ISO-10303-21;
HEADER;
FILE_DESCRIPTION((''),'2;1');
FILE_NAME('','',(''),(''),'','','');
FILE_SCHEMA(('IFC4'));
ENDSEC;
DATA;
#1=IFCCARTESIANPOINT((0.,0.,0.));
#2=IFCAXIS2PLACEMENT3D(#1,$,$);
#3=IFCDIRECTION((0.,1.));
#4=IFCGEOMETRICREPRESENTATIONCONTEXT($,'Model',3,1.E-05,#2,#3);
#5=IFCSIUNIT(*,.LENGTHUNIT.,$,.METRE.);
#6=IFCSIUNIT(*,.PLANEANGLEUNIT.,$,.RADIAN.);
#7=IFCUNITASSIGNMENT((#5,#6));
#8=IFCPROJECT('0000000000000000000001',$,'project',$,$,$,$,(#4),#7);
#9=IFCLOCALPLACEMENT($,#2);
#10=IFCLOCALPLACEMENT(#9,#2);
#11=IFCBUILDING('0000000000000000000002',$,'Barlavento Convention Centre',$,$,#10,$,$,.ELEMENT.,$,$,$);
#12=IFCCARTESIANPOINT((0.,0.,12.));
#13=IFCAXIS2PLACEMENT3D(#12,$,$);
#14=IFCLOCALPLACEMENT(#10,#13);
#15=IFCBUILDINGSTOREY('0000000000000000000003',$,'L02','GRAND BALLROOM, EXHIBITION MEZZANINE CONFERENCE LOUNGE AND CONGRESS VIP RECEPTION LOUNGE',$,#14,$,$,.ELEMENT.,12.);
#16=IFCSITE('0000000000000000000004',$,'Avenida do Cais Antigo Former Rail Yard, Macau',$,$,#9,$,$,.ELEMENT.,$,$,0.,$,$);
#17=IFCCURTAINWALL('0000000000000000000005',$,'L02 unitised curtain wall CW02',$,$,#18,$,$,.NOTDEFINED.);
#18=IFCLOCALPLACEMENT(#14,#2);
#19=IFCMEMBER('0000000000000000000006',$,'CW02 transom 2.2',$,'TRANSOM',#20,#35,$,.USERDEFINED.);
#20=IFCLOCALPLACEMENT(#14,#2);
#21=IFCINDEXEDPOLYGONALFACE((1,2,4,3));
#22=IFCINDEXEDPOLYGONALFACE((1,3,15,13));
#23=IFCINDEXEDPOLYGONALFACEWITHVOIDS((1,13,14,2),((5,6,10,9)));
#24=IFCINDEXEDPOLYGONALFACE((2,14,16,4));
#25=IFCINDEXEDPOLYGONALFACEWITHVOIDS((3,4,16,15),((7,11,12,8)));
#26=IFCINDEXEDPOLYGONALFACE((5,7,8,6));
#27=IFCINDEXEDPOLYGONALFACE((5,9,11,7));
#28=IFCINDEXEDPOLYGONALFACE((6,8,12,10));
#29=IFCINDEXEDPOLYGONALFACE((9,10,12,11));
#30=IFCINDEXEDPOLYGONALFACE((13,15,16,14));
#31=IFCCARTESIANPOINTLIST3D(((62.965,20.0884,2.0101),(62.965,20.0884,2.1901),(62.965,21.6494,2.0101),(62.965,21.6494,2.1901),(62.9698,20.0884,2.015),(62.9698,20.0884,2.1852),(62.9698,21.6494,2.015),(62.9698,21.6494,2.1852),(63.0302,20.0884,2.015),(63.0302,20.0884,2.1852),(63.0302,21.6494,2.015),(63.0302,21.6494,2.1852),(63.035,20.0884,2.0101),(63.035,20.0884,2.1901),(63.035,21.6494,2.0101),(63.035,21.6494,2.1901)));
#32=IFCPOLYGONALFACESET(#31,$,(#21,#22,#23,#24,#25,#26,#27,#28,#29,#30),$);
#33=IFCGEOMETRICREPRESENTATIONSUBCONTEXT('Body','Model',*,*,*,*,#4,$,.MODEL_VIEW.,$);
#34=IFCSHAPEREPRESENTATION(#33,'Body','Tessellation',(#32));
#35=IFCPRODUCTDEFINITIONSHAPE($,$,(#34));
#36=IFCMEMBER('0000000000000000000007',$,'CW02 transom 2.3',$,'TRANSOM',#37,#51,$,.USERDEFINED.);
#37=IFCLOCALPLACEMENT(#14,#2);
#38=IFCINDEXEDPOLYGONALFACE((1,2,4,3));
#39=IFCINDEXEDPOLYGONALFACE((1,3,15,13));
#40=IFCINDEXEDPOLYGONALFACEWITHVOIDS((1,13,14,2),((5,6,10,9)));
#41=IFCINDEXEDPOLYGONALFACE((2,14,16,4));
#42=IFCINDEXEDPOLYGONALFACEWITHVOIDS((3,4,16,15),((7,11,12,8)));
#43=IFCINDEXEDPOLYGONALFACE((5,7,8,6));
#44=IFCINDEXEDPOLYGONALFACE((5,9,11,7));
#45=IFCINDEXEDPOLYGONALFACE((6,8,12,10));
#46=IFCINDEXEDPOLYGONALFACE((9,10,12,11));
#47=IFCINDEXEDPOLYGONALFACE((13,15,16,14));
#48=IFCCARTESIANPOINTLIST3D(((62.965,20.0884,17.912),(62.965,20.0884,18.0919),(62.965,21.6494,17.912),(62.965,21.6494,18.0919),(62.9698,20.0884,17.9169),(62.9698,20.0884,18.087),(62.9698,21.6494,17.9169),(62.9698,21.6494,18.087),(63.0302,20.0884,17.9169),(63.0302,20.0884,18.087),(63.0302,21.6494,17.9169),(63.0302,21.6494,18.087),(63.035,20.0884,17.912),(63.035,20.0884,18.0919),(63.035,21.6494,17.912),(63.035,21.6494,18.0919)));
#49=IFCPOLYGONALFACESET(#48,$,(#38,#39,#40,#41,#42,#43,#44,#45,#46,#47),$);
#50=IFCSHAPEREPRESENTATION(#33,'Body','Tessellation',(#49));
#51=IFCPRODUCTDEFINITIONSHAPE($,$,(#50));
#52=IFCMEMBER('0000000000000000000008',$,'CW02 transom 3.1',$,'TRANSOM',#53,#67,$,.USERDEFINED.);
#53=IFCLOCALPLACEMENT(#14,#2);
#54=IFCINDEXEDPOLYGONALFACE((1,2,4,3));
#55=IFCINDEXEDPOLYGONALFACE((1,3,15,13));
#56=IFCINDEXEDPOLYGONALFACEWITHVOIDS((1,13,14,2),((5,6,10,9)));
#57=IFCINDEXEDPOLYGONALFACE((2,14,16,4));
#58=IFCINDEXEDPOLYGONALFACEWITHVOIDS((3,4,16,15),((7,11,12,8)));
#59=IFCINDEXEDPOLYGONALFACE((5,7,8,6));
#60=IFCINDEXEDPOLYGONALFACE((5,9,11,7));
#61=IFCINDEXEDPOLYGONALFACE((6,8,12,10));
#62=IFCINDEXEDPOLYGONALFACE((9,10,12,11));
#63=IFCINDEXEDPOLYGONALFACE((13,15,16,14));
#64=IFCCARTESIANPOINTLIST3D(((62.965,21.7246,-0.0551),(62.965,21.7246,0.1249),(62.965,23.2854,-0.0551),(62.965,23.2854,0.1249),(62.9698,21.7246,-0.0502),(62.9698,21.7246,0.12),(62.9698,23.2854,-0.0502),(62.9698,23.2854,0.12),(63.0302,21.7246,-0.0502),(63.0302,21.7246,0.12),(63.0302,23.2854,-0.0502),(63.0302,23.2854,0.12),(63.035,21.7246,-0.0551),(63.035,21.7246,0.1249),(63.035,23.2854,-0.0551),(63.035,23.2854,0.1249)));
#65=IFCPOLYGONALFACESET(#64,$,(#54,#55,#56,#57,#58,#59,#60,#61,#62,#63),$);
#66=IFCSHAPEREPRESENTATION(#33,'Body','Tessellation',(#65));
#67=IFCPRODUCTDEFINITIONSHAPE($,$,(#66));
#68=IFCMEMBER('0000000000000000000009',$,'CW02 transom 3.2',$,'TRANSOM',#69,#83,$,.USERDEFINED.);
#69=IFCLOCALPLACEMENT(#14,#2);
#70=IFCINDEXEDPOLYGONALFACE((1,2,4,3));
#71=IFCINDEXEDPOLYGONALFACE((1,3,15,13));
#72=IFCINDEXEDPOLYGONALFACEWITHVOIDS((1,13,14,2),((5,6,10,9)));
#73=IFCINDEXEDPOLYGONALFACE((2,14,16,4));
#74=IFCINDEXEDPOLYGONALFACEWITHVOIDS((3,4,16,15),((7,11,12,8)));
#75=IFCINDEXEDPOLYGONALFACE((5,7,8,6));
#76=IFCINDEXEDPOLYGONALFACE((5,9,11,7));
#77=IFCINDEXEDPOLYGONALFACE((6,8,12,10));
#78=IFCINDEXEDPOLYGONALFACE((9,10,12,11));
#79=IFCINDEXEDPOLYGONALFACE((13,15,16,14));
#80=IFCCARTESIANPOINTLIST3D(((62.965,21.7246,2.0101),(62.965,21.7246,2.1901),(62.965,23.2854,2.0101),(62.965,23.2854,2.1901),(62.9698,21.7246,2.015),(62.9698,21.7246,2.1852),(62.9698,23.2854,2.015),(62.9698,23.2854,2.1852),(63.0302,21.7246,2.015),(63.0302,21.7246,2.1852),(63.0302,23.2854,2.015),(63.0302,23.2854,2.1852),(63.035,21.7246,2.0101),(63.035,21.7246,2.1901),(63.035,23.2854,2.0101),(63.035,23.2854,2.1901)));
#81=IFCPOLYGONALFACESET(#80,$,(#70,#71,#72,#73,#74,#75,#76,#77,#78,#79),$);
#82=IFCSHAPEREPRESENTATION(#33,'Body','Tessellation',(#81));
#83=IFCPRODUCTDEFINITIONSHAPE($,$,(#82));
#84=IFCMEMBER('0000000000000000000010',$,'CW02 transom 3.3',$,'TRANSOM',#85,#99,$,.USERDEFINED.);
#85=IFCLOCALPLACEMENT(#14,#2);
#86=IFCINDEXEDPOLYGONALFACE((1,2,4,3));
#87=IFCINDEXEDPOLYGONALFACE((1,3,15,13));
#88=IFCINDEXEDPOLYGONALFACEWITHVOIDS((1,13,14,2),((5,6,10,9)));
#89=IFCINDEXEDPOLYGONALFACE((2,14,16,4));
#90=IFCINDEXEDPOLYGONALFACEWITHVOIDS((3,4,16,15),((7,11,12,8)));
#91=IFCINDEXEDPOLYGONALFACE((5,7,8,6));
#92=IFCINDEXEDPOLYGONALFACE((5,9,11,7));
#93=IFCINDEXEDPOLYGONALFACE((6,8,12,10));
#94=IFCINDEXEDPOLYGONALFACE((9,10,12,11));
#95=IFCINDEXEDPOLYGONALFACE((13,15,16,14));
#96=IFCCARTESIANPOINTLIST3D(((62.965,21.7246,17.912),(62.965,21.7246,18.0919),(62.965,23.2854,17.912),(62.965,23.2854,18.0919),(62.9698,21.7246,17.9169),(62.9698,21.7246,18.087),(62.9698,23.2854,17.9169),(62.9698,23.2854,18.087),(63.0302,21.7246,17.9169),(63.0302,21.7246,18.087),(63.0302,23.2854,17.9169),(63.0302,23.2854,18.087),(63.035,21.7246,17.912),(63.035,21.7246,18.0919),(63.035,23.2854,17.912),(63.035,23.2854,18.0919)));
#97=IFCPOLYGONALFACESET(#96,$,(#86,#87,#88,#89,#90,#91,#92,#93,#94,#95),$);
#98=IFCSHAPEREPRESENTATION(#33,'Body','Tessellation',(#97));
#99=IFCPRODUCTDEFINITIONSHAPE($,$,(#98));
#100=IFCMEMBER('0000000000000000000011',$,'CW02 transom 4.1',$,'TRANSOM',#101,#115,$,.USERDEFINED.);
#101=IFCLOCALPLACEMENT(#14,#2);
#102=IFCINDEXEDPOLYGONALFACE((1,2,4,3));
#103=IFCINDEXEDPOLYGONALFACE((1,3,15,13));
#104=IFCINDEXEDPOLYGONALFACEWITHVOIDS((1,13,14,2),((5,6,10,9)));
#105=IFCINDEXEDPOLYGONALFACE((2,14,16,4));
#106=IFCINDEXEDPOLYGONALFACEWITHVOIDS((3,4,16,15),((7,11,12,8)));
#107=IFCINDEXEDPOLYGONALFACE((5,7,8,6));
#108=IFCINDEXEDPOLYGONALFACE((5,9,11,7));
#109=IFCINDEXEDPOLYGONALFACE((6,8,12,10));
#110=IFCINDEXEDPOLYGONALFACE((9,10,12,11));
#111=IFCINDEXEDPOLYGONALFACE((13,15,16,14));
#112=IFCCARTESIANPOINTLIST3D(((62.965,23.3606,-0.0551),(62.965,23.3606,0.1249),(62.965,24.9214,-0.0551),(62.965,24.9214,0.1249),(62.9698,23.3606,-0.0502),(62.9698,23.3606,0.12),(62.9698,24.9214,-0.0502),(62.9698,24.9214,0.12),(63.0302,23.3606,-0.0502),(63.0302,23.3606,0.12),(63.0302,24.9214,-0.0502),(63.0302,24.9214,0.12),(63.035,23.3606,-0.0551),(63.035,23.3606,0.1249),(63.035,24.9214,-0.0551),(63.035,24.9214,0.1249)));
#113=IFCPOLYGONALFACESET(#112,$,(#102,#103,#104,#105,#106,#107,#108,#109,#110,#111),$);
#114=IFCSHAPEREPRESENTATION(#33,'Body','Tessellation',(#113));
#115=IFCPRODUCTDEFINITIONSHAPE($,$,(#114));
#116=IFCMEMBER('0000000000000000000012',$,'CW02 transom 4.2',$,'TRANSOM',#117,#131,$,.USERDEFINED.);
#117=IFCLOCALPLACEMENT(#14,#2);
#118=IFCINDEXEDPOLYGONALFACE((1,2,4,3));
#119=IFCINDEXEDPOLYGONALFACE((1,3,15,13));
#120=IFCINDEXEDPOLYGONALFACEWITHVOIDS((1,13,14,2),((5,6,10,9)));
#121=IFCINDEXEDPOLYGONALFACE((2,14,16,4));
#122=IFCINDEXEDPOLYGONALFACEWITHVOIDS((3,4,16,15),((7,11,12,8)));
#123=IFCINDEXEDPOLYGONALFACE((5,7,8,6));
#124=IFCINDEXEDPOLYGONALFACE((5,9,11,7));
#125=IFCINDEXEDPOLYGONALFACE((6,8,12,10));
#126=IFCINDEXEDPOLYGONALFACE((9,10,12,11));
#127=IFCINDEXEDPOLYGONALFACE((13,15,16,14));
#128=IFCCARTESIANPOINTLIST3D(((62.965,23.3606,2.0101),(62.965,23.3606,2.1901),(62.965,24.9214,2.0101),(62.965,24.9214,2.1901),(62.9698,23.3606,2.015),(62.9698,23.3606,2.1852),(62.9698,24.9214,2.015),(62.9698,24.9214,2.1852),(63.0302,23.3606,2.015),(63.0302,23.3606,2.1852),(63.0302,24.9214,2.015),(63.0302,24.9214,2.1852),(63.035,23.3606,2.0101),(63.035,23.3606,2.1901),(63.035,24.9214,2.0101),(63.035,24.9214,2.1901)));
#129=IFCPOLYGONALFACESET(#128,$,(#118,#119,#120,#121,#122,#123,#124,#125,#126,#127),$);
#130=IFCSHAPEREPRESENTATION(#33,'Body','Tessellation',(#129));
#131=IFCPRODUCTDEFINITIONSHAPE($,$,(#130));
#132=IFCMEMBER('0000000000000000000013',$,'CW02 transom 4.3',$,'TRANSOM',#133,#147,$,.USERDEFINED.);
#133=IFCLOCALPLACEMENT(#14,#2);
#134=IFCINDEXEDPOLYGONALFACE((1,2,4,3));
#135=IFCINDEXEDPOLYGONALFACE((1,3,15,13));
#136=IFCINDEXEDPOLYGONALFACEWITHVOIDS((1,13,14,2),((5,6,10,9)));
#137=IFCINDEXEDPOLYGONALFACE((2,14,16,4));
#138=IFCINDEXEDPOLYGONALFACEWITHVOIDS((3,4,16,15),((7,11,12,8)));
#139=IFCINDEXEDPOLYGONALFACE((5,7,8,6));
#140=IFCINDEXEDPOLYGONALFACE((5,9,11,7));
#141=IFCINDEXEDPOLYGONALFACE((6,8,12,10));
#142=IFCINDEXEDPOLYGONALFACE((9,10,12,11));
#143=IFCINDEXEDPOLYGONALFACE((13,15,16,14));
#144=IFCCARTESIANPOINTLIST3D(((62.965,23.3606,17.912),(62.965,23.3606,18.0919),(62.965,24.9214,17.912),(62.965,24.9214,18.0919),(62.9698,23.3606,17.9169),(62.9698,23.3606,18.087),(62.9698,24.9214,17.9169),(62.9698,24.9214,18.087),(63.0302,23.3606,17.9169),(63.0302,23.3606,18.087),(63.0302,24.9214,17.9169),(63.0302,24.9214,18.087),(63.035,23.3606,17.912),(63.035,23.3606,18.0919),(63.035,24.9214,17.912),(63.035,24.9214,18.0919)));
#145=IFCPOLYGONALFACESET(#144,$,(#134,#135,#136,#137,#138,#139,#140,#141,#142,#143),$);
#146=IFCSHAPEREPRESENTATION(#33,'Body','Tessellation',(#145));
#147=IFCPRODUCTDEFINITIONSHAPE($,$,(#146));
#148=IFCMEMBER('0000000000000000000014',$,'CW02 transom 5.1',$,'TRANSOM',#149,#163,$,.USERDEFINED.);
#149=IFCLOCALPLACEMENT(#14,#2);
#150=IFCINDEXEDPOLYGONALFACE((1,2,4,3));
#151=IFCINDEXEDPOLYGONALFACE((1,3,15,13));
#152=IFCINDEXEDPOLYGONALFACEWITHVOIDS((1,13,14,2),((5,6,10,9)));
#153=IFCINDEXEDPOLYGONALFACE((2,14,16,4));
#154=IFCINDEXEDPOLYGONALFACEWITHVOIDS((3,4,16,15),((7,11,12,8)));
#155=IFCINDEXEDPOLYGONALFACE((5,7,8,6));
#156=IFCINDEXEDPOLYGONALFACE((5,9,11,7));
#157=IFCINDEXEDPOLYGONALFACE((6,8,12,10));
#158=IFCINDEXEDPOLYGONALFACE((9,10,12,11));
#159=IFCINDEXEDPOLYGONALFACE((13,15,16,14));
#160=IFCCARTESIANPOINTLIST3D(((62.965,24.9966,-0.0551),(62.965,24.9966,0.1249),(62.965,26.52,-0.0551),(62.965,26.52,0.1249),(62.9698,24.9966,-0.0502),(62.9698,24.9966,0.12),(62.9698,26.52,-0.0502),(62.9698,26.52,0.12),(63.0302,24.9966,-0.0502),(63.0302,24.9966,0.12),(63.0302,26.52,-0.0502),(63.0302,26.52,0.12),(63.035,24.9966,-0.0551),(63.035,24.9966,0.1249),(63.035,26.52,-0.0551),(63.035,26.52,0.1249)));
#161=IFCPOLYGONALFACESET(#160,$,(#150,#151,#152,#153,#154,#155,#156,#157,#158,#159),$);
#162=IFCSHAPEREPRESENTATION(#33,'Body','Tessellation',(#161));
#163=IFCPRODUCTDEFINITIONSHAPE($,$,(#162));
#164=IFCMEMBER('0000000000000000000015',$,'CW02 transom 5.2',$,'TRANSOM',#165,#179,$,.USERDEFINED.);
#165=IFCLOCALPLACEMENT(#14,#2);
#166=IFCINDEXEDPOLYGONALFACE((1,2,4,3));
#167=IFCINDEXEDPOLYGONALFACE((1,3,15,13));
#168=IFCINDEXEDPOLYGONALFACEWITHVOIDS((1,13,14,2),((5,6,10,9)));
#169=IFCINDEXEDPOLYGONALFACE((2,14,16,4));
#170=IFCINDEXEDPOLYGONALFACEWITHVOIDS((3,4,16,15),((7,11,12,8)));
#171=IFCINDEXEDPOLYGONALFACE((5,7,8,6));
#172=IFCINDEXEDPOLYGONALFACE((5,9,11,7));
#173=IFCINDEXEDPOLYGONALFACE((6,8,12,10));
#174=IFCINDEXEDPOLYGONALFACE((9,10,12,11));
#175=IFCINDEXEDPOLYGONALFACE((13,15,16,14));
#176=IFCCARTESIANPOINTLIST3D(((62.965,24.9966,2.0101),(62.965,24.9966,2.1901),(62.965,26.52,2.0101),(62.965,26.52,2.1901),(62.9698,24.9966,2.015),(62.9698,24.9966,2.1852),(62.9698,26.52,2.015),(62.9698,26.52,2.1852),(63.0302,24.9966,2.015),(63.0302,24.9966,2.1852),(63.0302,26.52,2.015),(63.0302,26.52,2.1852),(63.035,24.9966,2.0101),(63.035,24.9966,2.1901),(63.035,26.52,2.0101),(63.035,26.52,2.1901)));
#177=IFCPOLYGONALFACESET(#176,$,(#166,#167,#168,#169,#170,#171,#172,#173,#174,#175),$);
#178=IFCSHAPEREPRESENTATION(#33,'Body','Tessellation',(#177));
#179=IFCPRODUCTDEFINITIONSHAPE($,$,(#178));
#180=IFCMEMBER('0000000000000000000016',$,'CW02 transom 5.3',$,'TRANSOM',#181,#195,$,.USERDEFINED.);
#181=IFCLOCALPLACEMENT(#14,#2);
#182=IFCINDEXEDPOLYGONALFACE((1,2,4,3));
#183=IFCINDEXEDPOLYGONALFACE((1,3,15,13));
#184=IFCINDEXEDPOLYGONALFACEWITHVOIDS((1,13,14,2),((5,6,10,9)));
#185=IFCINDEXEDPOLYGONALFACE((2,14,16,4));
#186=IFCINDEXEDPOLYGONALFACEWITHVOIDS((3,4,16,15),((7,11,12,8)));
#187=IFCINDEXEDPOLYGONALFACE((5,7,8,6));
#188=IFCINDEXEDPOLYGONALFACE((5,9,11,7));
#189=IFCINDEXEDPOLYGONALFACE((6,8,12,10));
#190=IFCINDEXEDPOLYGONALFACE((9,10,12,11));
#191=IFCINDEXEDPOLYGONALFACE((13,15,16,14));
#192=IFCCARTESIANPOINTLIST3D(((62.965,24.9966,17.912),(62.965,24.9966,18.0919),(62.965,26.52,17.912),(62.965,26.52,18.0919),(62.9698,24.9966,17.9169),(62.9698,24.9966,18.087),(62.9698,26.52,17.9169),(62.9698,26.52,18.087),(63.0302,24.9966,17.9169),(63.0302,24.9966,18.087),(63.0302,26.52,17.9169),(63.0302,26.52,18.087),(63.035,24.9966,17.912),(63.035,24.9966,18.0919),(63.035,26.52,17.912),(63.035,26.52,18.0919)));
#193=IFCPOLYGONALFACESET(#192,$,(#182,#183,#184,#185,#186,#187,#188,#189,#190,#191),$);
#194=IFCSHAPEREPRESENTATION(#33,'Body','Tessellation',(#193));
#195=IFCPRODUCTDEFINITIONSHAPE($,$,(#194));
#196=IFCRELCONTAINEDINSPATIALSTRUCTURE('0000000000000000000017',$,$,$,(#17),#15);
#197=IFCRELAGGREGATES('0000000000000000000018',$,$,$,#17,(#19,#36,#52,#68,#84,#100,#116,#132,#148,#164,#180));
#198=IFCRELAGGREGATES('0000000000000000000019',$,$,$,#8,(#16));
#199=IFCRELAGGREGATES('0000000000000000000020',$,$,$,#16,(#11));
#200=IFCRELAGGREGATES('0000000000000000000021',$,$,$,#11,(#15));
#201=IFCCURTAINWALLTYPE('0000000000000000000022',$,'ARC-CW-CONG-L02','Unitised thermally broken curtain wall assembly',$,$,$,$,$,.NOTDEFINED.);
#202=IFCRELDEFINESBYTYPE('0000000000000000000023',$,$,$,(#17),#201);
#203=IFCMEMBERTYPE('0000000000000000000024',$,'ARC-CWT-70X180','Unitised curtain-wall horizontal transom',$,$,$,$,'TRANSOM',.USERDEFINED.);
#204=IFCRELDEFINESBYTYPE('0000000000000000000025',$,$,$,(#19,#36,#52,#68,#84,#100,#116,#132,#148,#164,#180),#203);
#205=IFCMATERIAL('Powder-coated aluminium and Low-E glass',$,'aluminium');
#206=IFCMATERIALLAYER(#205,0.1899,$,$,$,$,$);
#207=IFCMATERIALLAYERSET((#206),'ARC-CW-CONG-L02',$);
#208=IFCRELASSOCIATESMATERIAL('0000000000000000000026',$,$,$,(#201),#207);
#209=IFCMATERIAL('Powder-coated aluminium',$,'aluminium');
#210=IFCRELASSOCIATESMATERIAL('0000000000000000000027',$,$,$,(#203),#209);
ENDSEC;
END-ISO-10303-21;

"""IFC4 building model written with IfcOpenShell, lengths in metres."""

from ifc_helpers import new_model, si_unit, direction, frame, origin, origin_2d, place, context, subcontext, project, spatial, hollow_rectangle, extrude, material, layer, layer_set, material_profile, profile_set, type_object, element, aggregate, save


model = new_model("IFC4")

# Units and contexts
model_context = context("Model", 3, precision=1e-05, world=origin(), true_north=direction((0.0, 1.0)))
body_context = subcontext(model_context, "Body", "Model", "MODEL_VIEW")
ifc_project = project(units=[si_unit("LENGTHUNIT", "METRE"), si_unit("PLANEANGLEUNIT", "RADIAN")], contexts=[model_context])

# Site, building, storey
site_placement = place(None, origin())
site = spatial("IfcSite", under=ifc_project, at=site_placement, Name="Avenida do Cais Antigo Former Rail Yard, Macau", CompositionType="ELEMENT", RefElevation=0.0)
building_placement = place(site_placement, origin())
building = spatial("IfcBuilding", under=site, at=building_placement, Name="Barlavento Convention Centre", CompositionType="ELEMENT")
storey_placement = place(building_placement, frame((0.0, 0.0, 12.0)))
storey = spatial("IfcBuildingStorey", under=building, at=storey_placement, Name="L02", Description="GRAND BALLROOM, EXHIBITION MEZZANINE CONFERENCE LOUNGE AND CONGRESS VIP RECEPTION LOUNGE", CompositionType="ELEMENT", Elevation=12.0)

# Curtain wall, members
ifc_material_1 = material(Name="Powder-coated aluminium and Low-E glass", Category="aluminium")
ifc_layer_1 = layer(ifc_material_1, 0.1899)
ifc_layer_set_1 = layer_set([ifc_layer_1], Name="ARC-CW-CONG-L02")
curtain_wall_type = type_object("IfcCurtainWallType", Name="ARC-CW-CONG-L02", Description="Unitised thermally broken curtain wall assembly", PredefinedType="NOTDEFINED", material=ifc_layer_set_1)
ifc_material_2 = material(Name="Powder-coated aluminium", Category="aluminium")
ifc_material_profile = material_profile(ifc_material_2, hollow_rectangle(XDim=0.0701, YDim=0.1799, WallThickness=0.0049, at=origin_2d()), Name="AL-TRAN 70x180x5")
ifc_profile_set = profile_set([ifc_material_profile], Name="Powder-coated aluminium")
member_type = type_object("IfcMemberType", Name="ARC-CWT-70X180", Description="Unitised curtain-wall horizontal transom", ElementType="TRANSOM", PredefinedType="USERDEFINED", material=ifc_profile_set)
curtain_wall_1_placement = place(storey_placement, origin())
curtain_wall_1 = element("IfcCurtainWall", 1, at=curtain_wall_1_placement, inside=storey, type_object=curtain_wall_type, Name="L02 unitised curtain wall CW02", PredefinedType="NOTDEFINED")
member_1_placement = place(storey_placement, frame((63.0, 20.0884, 2.1001), z_axis=(0.0, 1.0, 0.0), x_axis=(-1.0, 0.0, 0.0)))
member_1 = element("IfcMember", 2, at=member_1_placement, type_object=member_type, Name="CW02 transom 2.2", ObjectType="TRANSOM", PredefinedType="USERDEFINED", context=body_context, shape_type="SweptSolid", body=[
    extrude(hollow_rectangle(XDim=0.0701, YDim=0.1799, WallThickness=0.0049, at=origin_2d()), origin(), (0.0, 0.0, 1.0), 1.561),
])
member_2_placement = place(storey_placement, frame((63.0, 20.0884, 18.002), z_axis=(0.0, 1.0, 0.0), x_axis=(-1.0, 0.0, 0.0)))
member_2 = element("IfcMember", 3, at=member_2_placement, type_object=member_type, Name="CW02 transom 2.3", ObjectType="TRANSOM", PredefinedType="USERDEFINED", context=body_context, shape_type="SweptSolid", body=[
    extrude(hollow_rectangle(XDim=0.0701, YDim=0.1799, WallThickness=0.0049, at=origin_2d()), origin(), (0.0, 0.0, 1.0), 1.561),
])
member_3_placement = place(storey_placement, frame((63.0, 21.7246, 0.0349), z_axis=(0.0, 1.0, 0.0), x_axis=(-1.0, 0.0, 0.0)))
member_3 = element("IfcMember", 4, at=member_3_placement, type_object=member_type, Name="CW02 transom 3.1", ObjectType="TRANSOM", PredefinedType="USERDEFINED", context=body_context, shape_type="SweptSolid", body=[
    extrude(hollow_rectangle(XDim=0.0701, YDim=0.1799, WallThickness=0.0049, at=origin_2d()), origin(), (0.0, 0.0, 1.0), 1.5608),
])
member_4_placement = place(storey_placement, frame((63.0, 21.7246, 2.1001), z_axis=(0.0, 1.0, 0.0), x_axis=(-1.0, 0.0, 0.0)))
member_4 = element("IfcMember", 5, at=member_4_placement, type_object=member_type, Name="CW02 transom 3.2", ObjectType="TRANSOM", PredefinedType="USERDEFINED", context=body_context, shape_type="SweptSolid", body=[
    extrude(hollow_rectangle(XDim=0.0701, YDim=0.1799, WallThickness=0.0049, at=origin_2d()), origin(), (0.0, 0.0, 1.0), 1.5608),
])
member_5_placement = place(storey_placement, frame((63.0, 21.7246, 18.002), z_axis=(0.0, 1.0, 0.0), x_axis=(-1.0, 0.0, 0.0)))
member_5 = element("IfcMember", 6, at=member_5_placement, type_object=member_type, Name="CW02 transom 3.3", ObjectType="TRANSOM", PredefinedType="USERDEFINED", context=body_context, shape_type="SweptSolid", body=[
    extrude(hollow_rectangle(XDim=0.0701, YDim=0.1799, WallThickness=0.0049, at=origin_2d()), origin(), (0.0, 0.0, 1.0), 1.5608),
])
member_6_placement = place(storey_placement, frame((63.0, 23.3606, 0.0349), z_axis=(0.0, 1.0, 0.0), x_axis=(-1.0, 0.0, 0.0)))
member_6 = element("IfcMember", 7, at=member_6_placement, type_object=member_type, Name="CW02 transom 4.1", ObjectType="TRANSOM", PredefinedType="USERDEFINED", context=body_context, shape_type="SweptSolid", body=[
    extrude(hollow_rectangle(XDim=0.0701, YDim=0.1799, WallThickness=0.0049, at=origin_2d()), origin(), (0.0, 0.0, 1.0), 1.5608),
])
member_7_placement = place(storey_placement, frame((63.0, 23.3606, 2.1001), z_axis=(0.0, 1.0, 0.0), x_axis=(-1.0, 0.0, 0.0)))
member_7 = element("IfcMember", 8, at=member_7_placement, type_object=member_type, Name="CW02 transom 4.2", ObjectType="TRANSOM", PredefinedType="USERDEFINED", context=body_context, shape_type="SweptSolid", body=[
    extrude(hollow_rectangle(XDim=0.0701, YDim=0.1799, WallThickness=0.0049, at=origin_2d()), origin(), (0.0, 0.0, 1.0), 1.5608),
])
member_8_placement = place(storey_placement, frame((63.0, 23.3606, 18.002), z_axis=(0.0, 1.0, 0.0), x_axis=(-1.0, 0.0, 0.0)))
member_8 = element("IfcMember", 9, at=member_8_placement, type_object=member_type, Name="CW02 transom 4.3", ObjectType="TRANSOM", PredefinedType="USERDEFINED", context=body_context, shape_type="SweptSolid", body=[
    extrude(hollow_rectangle(XDim=0.0701, YDim=0.1799, WallThickness=0.0049, at=origin_2d()), origin(), (0.0, 0.0, 1.0), 1.5608),
])
member_9_placement = place(storey_placement, frame((63.0, 24.9966, 0.0349), z_axis=(0.0, 1.0, 0.0), x_axis=(-1.0, 0.0, 0.0)))
member_9 = element("IfcMember", 10, at=member_9_placement, type_object=member_type, Name="CW02 transom 5.1", ObjectType="TRANSOM", PredefinedType="USERDEFINED", context=body_context, shape_type="SweptSolid", body=[
    extrude(hollow_rectangle(XDim=0.0701, YDim=0.1799, WallThickness=0.0049, at=origin_2d()), origin(), (0.0, 0.0, 1.0), 1.5234),
])
member_10_placement = place(storey_placement, frame((63.0, 24.9966, 2.1001), z_axis=(0.0, 1.0, 0.0), x_axis=(-1.0, 0.0, 0.0)))
member_10 = element("IfcMember", 11, at=member_10_placement, type_object=member_type, Name="CW02 transom 5.2", ObjectType="TRANSOM", PredefinedType="USERDEFINED", context=body_context, shape_type="SweptSolid", body=[
    extrude(hollow_rectangle(XDim=0.0701, YDim=0.1799, WallThickness=0.0049, at=origin_2d()), origin(), (0.0, 0.0, 1.0), 1.5234),
])
member_11_placement = place(storey_placement, frame((63.0, 24.9966, 18.002), z_axis=(0.0, 1.0, 0.0), x_axis=(-1.0, 0.0, 0.0)))
member_11 = element("IfcMember", 12, at=member_11_placement, type_object=member_type, Name="CW02 transom 5.3", ObjectType="TRANSOM", PredefinedType="USERDEFINED", context=body_context, shape_type="SweptSolid", body=[
    extrude(hollow_rectangle(XDim=0.0701, YDim=0.1799, WallThickness=0.0049, at=origin_2d()), origin(), (0.0, 0.0, 1.0), 1.5234),
])

aggregate(curtain_wall_1, [member_1, member_2, member_3, member_4, member_5, member_6, member_7, member_8, member_9, member_10, member_11])

save(model, "model.ifc")
